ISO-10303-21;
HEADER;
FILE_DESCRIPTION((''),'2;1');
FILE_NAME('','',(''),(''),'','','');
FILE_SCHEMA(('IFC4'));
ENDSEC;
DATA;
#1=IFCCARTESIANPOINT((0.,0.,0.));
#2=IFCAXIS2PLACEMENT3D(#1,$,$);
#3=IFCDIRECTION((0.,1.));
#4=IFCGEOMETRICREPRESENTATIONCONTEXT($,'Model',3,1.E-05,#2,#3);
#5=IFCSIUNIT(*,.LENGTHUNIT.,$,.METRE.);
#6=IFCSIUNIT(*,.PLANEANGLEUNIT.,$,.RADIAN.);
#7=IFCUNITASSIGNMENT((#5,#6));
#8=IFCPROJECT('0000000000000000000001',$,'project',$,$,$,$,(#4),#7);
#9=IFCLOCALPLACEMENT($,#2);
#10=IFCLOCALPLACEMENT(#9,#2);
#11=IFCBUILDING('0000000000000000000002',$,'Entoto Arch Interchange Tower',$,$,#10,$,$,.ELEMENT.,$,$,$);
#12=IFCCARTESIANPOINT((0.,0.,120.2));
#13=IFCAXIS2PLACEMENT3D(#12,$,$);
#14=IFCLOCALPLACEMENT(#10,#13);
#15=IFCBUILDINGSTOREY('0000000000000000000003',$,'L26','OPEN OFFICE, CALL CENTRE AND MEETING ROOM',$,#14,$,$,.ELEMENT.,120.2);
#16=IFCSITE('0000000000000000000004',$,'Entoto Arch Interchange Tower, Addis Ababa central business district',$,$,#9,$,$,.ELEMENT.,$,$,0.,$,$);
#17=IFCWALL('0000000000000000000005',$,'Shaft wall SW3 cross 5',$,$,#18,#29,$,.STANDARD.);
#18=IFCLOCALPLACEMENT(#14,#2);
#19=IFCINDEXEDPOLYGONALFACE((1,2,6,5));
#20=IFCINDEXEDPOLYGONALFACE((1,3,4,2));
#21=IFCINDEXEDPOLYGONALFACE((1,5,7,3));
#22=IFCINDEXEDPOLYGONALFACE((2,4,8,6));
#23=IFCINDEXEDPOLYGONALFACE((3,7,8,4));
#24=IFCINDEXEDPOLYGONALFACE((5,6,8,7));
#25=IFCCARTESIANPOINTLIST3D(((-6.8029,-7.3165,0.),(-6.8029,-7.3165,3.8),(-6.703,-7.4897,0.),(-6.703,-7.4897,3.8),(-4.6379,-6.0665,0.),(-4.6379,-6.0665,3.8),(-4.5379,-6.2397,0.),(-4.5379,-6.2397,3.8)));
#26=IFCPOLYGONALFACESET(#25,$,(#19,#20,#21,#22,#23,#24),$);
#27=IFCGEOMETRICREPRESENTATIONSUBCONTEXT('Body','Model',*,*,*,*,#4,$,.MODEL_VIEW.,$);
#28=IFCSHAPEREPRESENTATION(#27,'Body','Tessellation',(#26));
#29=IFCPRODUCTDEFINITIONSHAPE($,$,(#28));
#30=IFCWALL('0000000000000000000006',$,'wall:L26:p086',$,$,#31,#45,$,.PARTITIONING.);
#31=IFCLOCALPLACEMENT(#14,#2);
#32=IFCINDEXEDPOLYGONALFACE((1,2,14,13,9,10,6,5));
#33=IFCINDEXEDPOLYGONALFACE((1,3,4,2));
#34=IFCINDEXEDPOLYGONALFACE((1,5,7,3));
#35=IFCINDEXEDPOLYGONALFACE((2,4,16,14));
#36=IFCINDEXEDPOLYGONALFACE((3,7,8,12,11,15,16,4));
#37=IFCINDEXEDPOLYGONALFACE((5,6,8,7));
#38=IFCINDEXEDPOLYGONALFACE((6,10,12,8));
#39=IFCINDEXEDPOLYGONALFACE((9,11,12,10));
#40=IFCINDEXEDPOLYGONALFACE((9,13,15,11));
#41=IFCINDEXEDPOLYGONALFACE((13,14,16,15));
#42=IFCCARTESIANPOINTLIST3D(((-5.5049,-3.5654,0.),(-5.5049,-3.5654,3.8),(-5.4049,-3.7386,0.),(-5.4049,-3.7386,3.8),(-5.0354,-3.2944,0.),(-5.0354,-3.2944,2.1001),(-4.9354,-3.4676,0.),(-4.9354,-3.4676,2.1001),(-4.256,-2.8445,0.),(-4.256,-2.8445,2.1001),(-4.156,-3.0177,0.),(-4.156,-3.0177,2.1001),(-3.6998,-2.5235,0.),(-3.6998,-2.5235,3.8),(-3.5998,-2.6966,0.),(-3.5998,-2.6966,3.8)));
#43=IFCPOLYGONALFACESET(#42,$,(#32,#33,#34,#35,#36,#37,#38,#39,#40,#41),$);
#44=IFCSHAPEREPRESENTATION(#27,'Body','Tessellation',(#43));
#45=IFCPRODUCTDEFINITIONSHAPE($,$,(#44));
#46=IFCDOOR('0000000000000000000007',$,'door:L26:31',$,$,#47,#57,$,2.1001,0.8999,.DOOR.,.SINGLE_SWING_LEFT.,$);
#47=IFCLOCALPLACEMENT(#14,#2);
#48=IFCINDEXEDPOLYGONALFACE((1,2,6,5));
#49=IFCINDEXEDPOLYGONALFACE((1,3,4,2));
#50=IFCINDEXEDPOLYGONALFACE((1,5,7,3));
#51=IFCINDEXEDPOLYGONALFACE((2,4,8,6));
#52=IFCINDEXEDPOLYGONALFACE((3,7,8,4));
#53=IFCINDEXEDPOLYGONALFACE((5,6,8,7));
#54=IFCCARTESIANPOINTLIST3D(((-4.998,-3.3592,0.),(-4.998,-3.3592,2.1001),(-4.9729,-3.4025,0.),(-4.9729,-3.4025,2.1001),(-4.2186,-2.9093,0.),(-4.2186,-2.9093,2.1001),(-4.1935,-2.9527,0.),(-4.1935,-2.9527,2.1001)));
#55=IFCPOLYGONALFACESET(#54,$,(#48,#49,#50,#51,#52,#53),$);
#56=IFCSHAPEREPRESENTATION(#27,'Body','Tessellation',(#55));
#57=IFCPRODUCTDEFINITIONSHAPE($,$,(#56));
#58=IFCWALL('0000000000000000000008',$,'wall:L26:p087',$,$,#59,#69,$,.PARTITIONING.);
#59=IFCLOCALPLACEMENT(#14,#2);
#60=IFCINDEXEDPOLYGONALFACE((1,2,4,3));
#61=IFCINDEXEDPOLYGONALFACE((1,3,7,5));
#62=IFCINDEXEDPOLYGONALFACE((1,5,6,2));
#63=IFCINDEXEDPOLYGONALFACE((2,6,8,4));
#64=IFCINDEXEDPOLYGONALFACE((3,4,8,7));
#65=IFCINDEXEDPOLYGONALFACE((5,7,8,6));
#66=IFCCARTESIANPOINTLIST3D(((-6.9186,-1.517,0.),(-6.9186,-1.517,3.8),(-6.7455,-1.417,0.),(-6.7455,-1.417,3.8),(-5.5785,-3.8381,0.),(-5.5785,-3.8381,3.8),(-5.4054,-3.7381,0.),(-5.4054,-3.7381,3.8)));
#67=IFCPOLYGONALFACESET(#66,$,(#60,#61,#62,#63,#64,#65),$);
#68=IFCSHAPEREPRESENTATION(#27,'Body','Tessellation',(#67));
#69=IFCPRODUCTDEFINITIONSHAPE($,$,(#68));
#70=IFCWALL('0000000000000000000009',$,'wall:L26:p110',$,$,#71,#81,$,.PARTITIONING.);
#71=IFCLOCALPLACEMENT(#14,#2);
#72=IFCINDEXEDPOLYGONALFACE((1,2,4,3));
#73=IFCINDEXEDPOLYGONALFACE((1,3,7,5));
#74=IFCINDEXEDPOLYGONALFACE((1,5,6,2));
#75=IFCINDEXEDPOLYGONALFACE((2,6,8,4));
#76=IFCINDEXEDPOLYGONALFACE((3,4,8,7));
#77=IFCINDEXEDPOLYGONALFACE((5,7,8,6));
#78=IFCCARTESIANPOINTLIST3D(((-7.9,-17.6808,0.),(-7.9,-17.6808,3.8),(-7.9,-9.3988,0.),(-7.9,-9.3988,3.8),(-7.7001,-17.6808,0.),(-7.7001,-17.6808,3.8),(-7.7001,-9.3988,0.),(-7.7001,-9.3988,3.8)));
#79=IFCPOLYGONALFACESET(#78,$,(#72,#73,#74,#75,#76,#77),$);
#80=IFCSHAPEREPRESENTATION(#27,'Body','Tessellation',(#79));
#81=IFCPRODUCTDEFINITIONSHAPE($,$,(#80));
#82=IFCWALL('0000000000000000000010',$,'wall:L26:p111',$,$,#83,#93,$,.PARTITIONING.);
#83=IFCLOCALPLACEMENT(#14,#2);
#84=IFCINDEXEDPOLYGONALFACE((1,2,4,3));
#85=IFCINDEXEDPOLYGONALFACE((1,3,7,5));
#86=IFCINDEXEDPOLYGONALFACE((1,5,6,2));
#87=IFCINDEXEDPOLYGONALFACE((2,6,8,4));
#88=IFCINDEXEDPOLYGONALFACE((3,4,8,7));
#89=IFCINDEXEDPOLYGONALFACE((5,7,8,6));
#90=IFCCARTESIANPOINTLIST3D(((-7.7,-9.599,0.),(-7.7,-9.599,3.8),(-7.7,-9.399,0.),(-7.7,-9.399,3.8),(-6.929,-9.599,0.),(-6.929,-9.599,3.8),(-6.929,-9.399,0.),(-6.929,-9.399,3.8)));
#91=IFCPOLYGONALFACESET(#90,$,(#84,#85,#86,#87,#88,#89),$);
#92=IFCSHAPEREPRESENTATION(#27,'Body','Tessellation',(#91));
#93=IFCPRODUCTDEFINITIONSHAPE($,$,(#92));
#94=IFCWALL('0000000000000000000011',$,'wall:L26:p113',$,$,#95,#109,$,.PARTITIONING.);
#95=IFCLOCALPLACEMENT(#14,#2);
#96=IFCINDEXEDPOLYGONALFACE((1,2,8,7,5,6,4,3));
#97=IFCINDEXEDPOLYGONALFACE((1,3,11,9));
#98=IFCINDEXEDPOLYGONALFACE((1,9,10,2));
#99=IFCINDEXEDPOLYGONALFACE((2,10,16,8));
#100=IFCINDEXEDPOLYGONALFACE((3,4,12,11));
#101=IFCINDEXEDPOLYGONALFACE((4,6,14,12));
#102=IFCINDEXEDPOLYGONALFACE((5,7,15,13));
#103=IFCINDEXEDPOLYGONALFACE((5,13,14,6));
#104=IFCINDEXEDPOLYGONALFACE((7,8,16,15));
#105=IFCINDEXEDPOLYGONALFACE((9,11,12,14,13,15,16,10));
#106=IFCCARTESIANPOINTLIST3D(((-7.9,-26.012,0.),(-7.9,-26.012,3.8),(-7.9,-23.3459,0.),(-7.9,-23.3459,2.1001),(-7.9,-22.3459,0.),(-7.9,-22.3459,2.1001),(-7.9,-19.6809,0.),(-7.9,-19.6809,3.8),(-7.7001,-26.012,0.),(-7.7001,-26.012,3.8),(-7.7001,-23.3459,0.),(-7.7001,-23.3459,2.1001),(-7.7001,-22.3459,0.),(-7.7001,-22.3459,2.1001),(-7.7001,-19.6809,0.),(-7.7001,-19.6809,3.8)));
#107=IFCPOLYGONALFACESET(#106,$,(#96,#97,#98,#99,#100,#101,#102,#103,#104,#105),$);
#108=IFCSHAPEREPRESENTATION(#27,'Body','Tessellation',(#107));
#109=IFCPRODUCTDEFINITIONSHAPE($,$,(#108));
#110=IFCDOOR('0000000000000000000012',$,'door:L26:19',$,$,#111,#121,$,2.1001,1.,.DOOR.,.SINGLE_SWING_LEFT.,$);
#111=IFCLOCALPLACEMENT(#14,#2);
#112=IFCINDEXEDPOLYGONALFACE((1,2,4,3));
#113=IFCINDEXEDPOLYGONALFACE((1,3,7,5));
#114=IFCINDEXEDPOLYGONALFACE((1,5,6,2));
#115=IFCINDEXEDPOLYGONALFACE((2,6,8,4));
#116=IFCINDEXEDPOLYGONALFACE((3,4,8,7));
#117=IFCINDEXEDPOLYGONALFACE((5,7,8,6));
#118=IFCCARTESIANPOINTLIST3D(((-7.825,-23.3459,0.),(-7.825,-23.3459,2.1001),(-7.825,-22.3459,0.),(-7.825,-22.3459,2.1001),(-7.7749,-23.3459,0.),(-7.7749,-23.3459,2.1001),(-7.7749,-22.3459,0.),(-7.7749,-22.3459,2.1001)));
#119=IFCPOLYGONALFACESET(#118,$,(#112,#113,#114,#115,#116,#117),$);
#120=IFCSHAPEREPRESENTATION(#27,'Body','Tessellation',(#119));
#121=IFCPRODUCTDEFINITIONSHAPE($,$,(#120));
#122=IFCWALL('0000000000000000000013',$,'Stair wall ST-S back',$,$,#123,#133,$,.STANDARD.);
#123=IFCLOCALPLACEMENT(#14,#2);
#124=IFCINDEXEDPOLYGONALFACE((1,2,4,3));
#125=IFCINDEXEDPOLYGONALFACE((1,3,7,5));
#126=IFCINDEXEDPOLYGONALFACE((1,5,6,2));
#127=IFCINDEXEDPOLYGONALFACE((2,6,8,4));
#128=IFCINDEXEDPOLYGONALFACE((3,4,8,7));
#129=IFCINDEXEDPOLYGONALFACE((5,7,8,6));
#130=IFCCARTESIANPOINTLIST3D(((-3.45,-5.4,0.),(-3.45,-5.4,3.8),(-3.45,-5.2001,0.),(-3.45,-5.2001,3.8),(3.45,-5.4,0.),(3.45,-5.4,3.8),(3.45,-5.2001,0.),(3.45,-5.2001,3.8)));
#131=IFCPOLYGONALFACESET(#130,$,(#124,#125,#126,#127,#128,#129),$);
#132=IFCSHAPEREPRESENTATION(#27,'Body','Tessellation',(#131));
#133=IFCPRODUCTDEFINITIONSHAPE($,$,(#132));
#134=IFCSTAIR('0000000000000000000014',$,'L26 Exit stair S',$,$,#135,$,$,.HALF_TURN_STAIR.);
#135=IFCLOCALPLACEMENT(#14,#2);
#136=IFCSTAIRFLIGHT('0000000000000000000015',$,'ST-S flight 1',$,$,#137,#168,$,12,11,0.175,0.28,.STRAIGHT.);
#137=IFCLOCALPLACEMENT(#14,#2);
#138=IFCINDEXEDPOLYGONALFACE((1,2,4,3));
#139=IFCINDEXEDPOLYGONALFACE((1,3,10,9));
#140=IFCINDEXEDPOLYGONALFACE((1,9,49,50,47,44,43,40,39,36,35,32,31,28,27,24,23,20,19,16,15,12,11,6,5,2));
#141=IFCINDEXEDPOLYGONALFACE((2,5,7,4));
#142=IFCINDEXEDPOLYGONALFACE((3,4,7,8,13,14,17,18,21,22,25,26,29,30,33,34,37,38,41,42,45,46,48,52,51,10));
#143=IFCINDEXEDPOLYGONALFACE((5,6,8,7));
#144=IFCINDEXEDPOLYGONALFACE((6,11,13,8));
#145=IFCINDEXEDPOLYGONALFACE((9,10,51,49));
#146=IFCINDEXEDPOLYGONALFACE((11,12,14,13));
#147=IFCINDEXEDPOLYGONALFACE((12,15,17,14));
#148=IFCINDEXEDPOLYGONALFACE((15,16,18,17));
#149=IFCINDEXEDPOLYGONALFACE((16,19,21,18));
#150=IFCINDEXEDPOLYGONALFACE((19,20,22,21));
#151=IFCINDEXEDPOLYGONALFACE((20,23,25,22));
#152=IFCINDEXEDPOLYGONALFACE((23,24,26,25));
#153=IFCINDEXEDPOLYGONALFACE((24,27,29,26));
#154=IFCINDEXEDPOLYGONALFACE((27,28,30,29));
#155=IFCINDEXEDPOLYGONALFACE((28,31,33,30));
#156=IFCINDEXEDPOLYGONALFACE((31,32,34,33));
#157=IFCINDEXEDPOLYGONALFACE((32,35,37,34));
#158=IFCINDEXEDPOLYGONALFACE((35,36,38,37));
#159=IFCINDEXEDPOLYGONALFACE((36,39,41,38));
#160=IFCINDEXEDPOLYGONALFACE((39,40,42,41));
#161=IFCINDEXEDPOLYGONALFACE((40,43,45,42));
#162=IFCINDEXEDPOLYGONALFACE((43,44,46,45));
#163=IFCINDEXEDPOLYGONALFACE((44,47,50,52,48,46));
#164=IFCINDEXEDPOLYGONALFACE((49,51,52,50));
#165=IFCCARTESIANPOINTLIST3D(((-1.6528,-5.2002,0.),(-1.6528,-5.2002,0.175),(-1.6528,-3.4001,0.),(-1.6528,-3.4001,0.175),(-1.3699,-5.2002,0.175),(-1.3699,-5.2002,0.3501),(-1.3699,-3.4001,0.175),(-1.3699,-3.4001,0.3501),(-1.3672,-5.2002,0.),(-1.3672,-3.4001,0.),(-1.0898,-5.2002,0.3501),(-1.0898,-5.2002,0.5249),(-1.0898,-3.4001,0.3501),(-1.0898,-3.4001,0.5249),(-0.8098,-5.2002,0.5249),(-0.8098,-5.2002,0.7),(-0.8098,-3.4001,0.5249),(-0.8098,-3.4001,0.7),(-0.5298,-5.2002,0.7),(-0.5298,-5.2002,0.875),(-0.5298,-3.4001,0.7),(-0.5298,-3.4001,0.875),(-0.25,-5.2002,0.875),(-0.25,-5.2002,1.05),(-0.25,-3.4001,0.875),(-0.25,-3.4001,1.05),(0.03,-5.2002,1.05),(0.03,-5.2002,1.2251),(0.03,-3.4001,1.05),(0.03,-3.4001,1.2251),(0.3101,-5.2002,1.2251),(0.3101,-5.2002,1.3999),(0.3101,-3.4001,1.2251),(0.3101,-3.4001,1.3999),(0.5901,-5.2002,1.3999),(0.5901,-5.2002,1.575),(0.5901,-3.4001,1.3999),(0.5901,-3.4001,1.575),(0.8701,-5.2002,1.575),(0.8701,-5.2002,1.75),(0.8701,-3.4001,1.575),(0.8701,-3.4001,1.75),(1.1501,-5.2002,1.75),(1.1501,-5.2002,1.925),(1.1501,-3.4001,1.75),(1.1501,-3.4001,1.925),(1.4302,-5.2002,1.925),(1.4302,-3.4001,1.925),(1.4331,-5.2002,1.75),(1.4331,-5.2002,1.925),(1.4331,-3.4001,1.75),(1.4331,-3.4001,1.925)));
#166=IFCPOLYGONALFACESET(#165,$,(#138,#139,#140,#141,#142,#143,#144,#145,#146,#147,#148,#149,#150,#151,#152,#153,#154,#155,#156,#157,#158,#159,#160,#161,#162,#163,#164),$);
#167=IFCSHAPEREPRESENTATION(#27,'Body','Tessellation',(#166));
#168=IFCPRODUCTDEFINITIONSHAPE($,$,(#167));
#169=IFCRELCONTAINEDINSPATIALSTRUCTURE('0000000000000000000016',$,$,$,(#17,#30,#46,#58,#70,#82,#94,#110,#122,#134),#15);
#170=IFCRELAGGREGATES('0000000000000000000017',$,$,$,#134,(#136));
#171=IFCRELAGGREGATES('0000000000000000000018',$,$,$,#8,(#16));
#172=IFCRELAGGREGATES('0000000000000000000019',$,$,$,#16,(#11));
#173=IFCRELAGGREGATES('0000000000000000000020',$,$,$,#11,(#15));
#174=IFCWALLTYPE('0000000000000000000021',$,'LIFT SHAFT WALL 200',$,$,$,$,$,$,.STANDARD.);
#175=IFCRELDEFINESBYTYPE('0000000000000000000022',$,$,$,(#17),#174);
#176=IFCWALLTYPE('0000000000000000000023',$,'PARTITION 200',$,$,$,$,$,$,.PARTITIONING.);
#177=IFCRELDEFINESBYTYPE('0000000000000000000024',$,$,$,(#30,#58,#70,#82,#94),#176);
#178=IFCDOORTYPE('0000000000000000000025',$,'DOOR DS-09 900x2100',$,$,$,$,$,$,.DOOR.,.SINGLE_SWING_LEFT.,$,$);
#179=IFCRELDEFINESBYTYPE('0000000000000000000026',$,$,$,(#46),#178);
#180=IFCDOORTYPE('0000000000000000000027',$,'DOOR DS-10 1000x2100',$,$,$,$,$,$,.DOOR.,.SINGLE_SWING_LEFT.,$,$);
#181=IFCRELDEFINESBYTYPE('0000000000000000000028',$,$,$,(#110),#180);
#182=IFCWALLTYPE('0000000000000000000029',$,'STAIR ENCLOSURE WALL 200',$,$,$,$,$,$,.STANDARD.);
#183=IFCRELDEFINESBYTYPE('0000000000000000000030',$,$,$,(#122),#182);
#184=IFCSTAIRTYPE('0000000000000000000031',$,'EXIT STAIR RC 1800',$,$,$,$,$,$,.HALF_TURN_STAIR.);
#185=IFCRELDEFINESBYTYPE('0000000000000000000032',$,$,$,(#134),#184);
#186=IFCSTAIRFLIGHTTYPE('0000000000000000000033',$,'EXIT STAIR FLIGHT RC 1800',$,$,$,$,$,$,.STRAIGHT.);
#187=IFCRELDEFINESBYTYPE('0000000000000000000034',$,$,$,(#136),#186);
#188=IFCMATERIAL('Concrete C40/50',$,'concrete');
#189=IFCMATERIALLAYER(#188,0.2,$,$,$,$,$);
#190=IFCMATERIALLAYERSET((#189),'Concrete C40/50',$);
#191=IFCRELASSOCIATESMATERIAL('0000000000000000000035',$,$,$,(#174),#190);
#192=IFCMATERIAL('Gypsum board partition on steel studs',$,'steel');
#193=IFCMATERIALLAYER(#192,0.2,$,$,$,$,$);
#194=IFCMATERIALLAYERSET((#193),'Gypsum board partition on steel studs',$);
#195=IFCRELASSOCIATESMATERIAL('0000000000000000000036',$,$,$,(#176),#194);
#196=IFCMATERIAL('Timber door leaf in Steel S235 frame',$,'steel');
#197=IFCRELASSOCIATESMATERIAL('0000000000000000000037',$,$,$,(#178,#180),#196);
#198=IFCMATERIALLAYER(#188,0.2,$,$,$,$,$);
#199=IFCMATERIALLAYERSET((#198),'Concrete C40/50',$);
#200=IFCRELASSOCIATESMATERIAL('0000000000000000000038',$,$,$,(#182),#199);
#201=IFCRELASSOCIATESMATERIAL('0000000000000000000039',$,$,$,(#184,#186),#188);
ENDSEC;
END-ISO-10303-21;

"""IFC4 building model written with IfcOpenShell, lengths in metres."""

from ifc_helpers import new_model, si_unit, direction, frame, frame_2d, origin, place, context, subcontext, project, spatial, polyline, rectangle, outline, extrude, material, layer, layer_set, type_object, element, fill, aggregate, save


model = new_model("IFC4")

# Units and contexts
model_context = context("Model", 3, precision=1e-05, world=origin(), true_north=direction((0.0, 1.0)))
body_context = subcontext(model_context, "Body", "Model", "MODEL_VIEW")
ifc_project = project(units=[si_unit("LENGTHUNIT", "METRE"), si_unit("PLANEANGLEUNIT", "RADIAN")], contexts=[model_context])

# Site, building, storey
site_placement = place(None, origin())
site = spatial("IfcSite", under=ifc_project, at=site_placement, Name="Entoto Arch Interchange Tower, Addis Ababa central business district", CompositionType="ELEMENT", RefElevation=0.0)
building_placement = place(site_placement, origin())
building = spatial("IfcBuilding", under=site, at=building_placement, Name="Entoto Arch Interchange Tower", CompositionType="ELEMENT")
storey_placement = place(building_placement, frame((0.0, 0.0, 120.2)))
storey = spatial("IfcBuildingStorey", under=building, at=storey_placement, Name="L26", Description="OPEN OFFICE, CALL CENTRE AND MEETING ROOM", CompositionType="ELEMENT", Elevation=120.2)

# Wall
ifc_material_1 = material(Name="Concrete C40/50", Category="concrete")
ifc_layer_1 = layer(ifc_material_1, 0.2)
ifc_layer_set_1 = layer_set([ifc_layer_1], Name="Concrete C40/50")
wall_type_1 = type_object("IfcWallType", Name="LIFT SHAFT WALL 200", PredefinedType="STANDARD", material=ifc_layer_set_1)
for number, where, z_axis, x_axis, name in (
    (1, (-4.5879, -6.1531, 0.0), (0.0, 0.0, 1.0), (-0.866023, -0.500004, 0.0), "Shaft wall SW3 cross 5"),
):
    element("IfcWall", number, at=place(storey_placement, frame(where, z_axis=z_axis, x_axis=x_axis)), inside=storey, type_object=wall_type_1, Name=name, PredefinedType="STANDARD", context=body_context, shape_type="SweptSolid", body=[
        extrude(rectangle(XDim=2.5, YDim=0.2, at=frame_2d((1.25, 0.0))), origin(), (0.0, 0.0, 1.0), 3.8),
    ])

# Wall, opening, door
ifc_material_2 = material(Name="Gypsum board partition on steel studs", Category="steel")
ifc_layer_2 = layer(ifc_material_2, 0.2)
ifc_layer_set_2 = layer_set([ifc_layer_2], Name="Gypsum board partition on steel studs")
wall_type_2 = type_object("IfcWallType", Name="PARTITION 200", PredefinedType="PARTITIONING", material=ifc_layer_set_2)
wall_1_placement = place(storey_placement, frame((-3.6499, -2.6101, 0.0), z_axis=(0.0, 0.0, 1.0), x_axis=(-0.866072, -0.499918, 0.0)))
wall_1 = element("IfcWall", 2, at=wall_1_placement, inside=storey, type_object=wall_type_2, Name="wall:L26:p086", PredefinedType="PARTITIONING", context=body_context, shape_type="SweptSolid", body=[
    extrude(rectangle(XDim=2.0842, YDim=0.2, at=frame_2d((1.042, 0.0))), origin(), (0.0, 0.0, 1.0), 3.8),
])
opening_1_placement = place(wall_1_placement, frame((0.6421, 0.0, 0.0)))
opening_1 = element("IfcOpeningElement", 3, at=opening_1_placement, cuts=wall_1, PredefinedType="OPENING", context=body_context, shape_type="SweptSolid", body=[
    extrude(rectangle(XDim=0.8999, YDim=2.1001, at=frame_2d((0.45, 1.05))), frame((0.0, 0.1099, 0.0), z_axis=(0.0, -1.0, 0.0), x_axis=(1.0, 0.0, 0.0)), (0.0, 0.0, 1.0), 0.22),
])
ifc_material_3 = material(Name="Timber door leaf in Steel S235 frame", Category="steel")
door_type_1 = type_object("IfcDoorType", Name="DOOR DS-09 900x2100", OperationType="SINGLE_SWING_LEFT", PredefinedType="DOOR", material=ifc_material_3)
door_1_placement = place(opening_1_placement, origin())
door_1 = element("IfcDoor", 4, at=door_1_placement, inside=storey, type_object=door_type_1, Name="door:L26:31", OperationType="SINGLE_SWING_LEFT", OverallHeight=2.1001, OverallWidth=0.8999, PredefinedType="DOOR", context=body_context, shape_type="SweptSolid", body=[
    extrude(rectangle(XDim=0.8999, YDim=2.1001, at=frame_2d((0.45, 1.05))), frame((0.0, 0.0249, 0.0), z_axis=(0.0, -1.0, 0.0), x_axis=(1.0, 0.0, 0.0)), (0.0, 0.0, 1.0), 0.05),
])
fill(opening_1, door_1)

# Walls
wall_2_placement = place(storey_placement, frame((-5.4919, -3.7881, 0.0), z_axis=(0.0, 0.0, 1.0), x_axis=(-0.500009, 0.86602, 0.0)))
element("IfcWall", 5, at=wall_2_placement, inside=storey, type_object=wall_type_2, Name="wall:L26:p087", PredefinedType="PARTITIONING", context=body_context, shape_type="SweptSolid", body=[
    extrude(rectangle(XDim=2.6802, YDim=0.2, at=frame_2d((1.3401, 0.0))), origin(), (0.0, 0.0, 1.0), 3.8),
])
wall_3_placement = place(storey_placement, frame((-7.8, -17.6809, 0.0), z_axis=(0.0, 0.0, 1.0), x_axis=(0.0, 1.0, 0.0)))
element("IfcWall", 6, at=wall_3_placement, inside=storey, type_object=wall_type_2, Name="wall:L26:p110", PredefinedType="PARTITIONING", context=body_context, shape_type="SweptSolid", body=[
    extrude(rectangle(XDim=8.282, YDim=0.2, at=frame_2d((4.1411, 0.0))), origin(), (0.0, 0.0, 1.0), 3.8),
])
wall_4_placement = place(storey_placement, frame((-7.7, -9.499, 0.0), z_axis=(0.0, 0.0, 1.0), x_axis=(1.0, 0.0, 0.0)))
element("IfcWall", 7, at=wall_4_placement, inside=storey, type_object=wall_type_2, Name="wall:L26:p111", PredefinedType="PARTITIONING", context=body_context, shape_type="SweptSolid", body=[
    extrude(rectangle(XDim=0.771, YDim=0.2, at=frame_2d((0.3855, 0.0))), origin(), (0.0, 0.0, 1.0), 3.8),
])

# Wall, opening, door
wall_5_placement = place(storey_placement, frame((-7.8, -26.012, 0.0), z_axis=(0.0, 0.0, 1.0), x_axis=(0.0, 1.0, 0.0)))
wall_5 = element("IfcWall", 8, at=wall_5_placement, inside=storey, type_object=wall_type_2, Name="wall:L26:p113", PredefinedType="PARTITIONING", context=body_context, shape_type="SweptSolid", body=[
    extrude(rectangle(XDim=6.3311, YDim=0.2, at=frame_2d((3.1655, 0.0))), origin(), (0.0, 0.0, 1.0), 3.8),
])
opening_2_placement = place(wall_5_placement, frame((2.666, 0.0, 0.0)))
opening_2 = element("IfcOpeningElement", 9, at=opening_2_placement, cuts=wall_5, PredefinedType="OPENING", context=body_context, shape_type="SweptSolid", body=[
    extrude(rectangle(XDim=1.0, YDim=2.1001, at=frame_2d((0.5, 1.05))), frame((0.0, 0.1099, 0.0), z_axis=(0.0, -1.0, 0.0), x_axis=(1.0, 0.0, 0.0)), (0.0, 0.0, 1.0), 0.22),
])
door_type_2 = type_object("IfcDoorType", Name="DOOR DS-10 1000x2100", OperationType="SINGLE_SWING_LEFT", PredefinedType="DOOR", material=ifc_material_3)
door_2_placement = place(opening_2_placement, origin())
door_2 = element("IfcDoor", 10, at=door_2_placement, inside=storey, type_object=door_type_2, Name="door:L26:19", OperationType="SINGLE_SWING_LEFT", OverallHeight=2.1001, OverallWidth=1.0, PredefinedType="DOOR", context=body_context, shape_type="SweptSolid", body=[
    extrude(rectangle(XDim=1.0, YDim=2.1001, at=frame_2d((0.5, 1.05))), frame((0.0, 0.0249, 0.0), z_axis=(0.0, -1.0, 0.0), x_axis=(1.0, 0.0, 0.0)), (0.0, 0.0, 1.0), 0.05),
])
fill(opening_2, door_2)

# Wall
ifc_layer_3 = layer(ifc_material_1, 0.2)
ifc_layer_set_3 = layer_set([ifc_layer_3], Name="Concrete C40/50")
wall_type_3 = type_object("IfcWallType", Name="STAIR ENCLOSURE WALL 200", PredefinedType="STANDARD", material=ifc_layer_set_3)
wall_6_placement = place(storey_placement, frame((-3.45, -5.3, 0.0), z_axis=(0.0, 0.0, 1.0), x_axis=(1.0, 0.0, 0.0)))
element("IfcWall", 11, at=wall_6_placement, inside=storey, type_object=wall_type_3, Name="Stair wall ST-S back", PredefinedType="STANDARD", context=body_context, shape_type="SweptSolid", body=[
    extrude(rectangle(XDim=6.8999, YDim=0.2, at=frame_2d((3.45, 0.0))), origin(), (0.0, 0.0, 1.0), 3.8),
])

# Stair, stair flight
stair_type = type_object("IfcStairType", Name="EXIT STAIR RC 1800", PredefinedType="HALF_TURN_STAIR", material=ifc_material_1)
stair_placement = place(storey_placement, origin())
stair = element("IfcStair", 12, at=stair_placement, inside=storey, type_object=stair_type, Name="L26 Exit stair S", PredefinedType="HALF_TURN_STAIR")
stair_flight_type = type_object("IfcStairFlightType", Name="EXIT STAIR FLIGHT RC 1800", PredefinedType="STRAIGHT", material=ifc_material_1)
stair_flight_placement = place(storey_placement, frame((-1.6499, -4.3, 0.0), z_axis=(0.0, 0.0, 1.0), x_axis=(1.0, 0.0, 0.0)))
stair_flight = element("IfcStairFlight", 13, at=stair_flight_placement, type_object=stair_flight_type, Name="ST-S flight 1", NumberOfRisers=12, NumberOfTreads=11, PredefinedType="STRAIGHT", RiserHeight=0.175, TreadLength=0.28, context=body_context, shape_type="SweptSolid", body=[
    extrude(outline(polyline([(-0.0029, 0.0), (-0.0029, 0.175), (0.28, 0.175), (0.28, 0.3501), (0.5601, 0.3501), (0.5601, 0.5249), (0.8401, 0.5249), (0.8401, 0.7), (1.1201, 0.7), (1.1201, 0.875), (1.3999, 0.875), (1.3999, 1.05), (1.6799, 1.05), (1.6799, 1.2251), (1.96, 1.2251), (1.96, 1.3999), (2.24, 1.3999), (2.24, 1.575), (2.52, 1.575), (2.52, 1.75), (2.8, 1.75), (2.8, 1.925), (3.0801, 1.925), (3.083, 1.925), (3.083, 1.75), (0.2827, 0.0), (-0.0029, 0.0)])), frame((0.0, 0.8999, 0.0), z_axis=(0.0, -1.0, 0.0), x_axis=(1.0, 0.0, 0.0)), (0.0, 0.0, 1.0), 1.8),
])
aggregate(stair, [stair_flight])

save(model, "model.ifc")
